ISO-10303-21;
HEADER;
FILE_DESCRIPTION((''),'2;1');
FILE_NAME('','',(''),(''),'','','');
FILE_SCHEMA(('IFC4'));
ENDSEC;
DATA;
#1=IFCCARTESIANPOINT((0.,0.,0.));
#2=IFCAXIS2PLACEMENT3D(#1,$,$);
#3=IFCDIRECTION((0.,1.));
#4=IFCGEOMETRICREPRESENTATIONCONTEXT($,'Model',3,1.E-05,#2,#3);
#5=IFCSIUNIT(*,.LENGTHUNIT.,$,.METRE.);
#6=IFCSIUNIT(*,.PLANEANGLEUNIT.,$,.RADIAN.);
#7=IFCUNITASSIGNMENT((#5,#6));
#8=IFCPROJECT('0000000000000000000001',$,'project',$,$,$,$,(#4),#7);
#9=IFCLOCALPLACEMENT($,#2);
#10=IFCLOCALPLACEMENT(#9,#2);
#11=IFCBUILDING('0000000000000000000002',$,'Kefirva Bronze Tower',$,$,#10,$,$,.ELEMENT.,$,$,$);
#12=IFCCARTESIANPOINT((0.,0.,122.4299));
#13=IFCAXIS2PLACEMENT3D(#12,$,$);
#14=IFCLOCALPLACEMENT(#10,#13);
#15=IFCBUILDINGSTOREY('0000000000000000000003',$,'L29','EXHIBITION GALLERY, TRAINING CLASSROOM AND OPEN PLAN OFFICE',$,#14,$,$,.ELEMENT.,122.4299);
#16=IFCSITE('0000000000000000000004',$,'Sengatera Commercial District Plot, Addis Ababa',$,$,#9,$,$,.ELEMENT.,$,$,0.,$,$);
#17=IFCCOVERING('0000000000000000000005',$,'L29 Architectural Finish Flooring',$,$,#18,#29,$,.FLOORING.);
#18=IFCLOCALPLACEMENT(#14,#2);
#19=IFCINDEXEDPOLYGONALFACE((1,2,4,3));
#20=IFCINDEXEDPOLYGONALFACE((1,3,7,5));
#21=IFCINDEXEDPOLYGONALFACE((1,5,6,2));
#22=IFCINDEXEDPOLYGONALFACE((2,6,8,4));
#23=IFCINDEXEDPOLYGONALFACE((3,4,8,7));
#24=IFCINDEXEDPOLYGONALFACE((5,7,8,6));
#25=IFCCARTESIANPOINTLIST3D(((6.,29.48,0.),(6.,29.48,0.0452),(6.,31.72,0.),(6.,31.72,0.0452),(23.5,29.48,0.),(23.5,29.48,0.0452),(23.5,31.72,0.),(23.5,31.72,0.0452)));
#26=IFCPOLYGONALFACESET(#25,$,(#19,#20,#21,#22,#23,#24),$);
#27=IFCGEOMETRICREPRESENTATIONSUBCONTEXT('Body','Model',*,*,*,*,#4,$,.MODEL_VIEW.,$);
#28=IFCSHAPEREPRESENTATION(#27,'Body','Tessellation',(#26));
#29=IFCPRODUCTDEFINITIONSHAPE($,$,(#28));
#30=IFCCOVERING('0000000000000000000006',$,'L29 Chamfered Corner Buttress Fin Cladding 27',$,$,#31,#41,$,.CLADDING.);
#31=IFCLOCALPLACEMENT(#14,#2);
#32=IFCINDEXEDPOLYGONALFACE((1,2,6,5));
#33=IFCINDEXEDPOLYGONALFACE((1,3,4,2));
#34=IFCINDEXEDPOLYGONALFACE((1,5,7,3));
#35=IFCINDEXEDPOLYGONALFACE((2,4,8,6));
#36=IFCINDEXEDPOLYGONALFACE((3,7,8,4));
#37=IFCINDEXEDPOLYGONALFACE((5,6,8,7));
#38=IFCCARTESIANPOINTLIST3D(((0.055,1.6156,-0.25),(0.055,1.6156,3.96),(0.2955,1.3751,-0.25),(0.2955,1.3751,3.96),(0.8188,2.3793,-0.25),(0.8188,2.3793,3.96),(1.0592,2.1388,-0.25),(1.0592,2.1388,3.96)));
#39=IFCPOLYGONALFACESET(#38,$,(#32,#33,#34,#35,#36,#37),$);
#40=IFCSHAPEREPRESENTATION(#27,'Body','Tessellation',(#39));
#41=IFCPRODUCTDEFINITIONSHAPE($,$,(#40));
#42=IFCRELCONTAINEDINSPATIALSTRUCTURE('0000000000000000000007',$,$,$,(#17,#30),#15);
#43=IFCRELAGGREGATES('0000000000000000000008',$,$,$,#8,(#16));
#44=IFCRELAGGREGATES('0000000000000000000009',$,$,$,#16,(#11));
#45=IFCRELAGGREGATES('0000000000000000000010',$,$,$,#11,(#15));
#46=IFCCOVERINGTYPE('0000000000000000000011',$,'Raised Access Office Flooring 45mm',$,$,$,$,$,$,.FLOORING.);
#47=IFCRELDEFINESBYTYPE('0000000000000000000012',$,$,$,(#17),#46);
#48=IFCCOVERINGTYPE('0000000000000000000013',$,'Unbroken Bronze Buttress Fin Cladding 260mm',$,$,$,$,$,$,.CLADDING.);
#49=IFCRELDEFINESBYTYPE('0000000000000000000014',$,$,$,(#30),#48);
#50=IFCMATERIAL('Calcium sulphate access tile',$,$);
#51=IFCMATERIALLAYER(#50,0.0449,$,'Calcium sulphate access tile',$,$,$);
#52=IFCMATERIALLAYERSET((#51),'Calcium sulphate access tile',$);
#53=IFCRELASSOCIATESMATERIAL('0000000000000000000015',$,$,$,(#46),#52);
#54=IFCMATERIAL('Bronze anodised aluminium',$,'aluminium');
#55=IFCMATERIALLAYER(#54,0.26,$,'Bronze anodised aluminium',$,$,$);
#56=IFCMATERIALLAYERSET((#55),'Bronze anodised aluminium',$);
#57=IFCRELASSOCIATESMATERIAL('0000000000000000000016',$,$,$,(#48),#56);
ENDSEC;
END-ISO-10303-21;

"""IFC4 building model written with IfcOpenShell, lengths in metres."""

from ifc_helpers import new_model, si_unit, direction, frame, origin, origin_2d, place, context, subcontext, project, spatial, polyline, rectangle, outline, extrude, material, layer, layer_set, type_object, element, save


model = new_model("IFC4")

# Units and contexts
model_context = context("Model", 3, precision=1e-05, world=origin(), true_north=direction((0.0, 1.0)))
body_context = subcontext(model_context, "Body", "Model", "MODEL_VIEW")
ifc_project = project(units=[si_unit("LENGTHUNIT", "METRE"), si_unit("PLANEANGLEUNIT", "RADIAN")], contexts=[model_context])

# Site, building, storey
site_placement = place(None, origin())
site = spatial("IfcSite", under=ifc_project, at=site_placement, Name="Sengatera Commercial District Plot, Addis Ababa", CompositionType="ELEMENT", RefElevation=0.0)
building_placement = place(site_placement, origin())
building = spatial("IfcBuilding", under=site, at=building_placement, Name="Kefirva Bronze Tower", CompositionType="ELEMENT")
storey_placement = place(building_placement, frame((0.0, 0.0, 122.4299)))
storey = spatial("IfcBuildingStorey", under=building, at=storey_placement, Name="L29", Description="EXHIBITION GALLERY, TRAINING CLASSROOM AND OPEN PLAN OFFICE", CompositionType="ELEMENT", Elevation=122.4299)

# Shared definitions
ifc_material_1 = material(Name="Bronze anodised aluminium", Category="aluminium")

# Coverings
ifc_material_2 = material(Name="Calcium sulphate access tile")
ifc_layer_1 = layer(ifc_material_2, 0.0449, Name="Calcium sulphate access tile")
ifc_layer_set_1 = layer_set([ifc_layer_1], Name="Calcium sulphate access tile")
covering_type_1 = type_object("IfcCoveringType", Name="Raised Access Office Flooring 45mm", PredefinedType="FLOORING", material=ifc_layer_set_1)
covering_1_placement = place(storey_placement, origin())
element("IfcCovering", 1, at=covering_1_placement, inside=storey, type_object=covering_type_1, Name="L29 Architectural Finish Flooring", PredefinedType="FLOORING", context=body_context, shape_type="SweptSolid", body=[
    extrude(outline(polyline([(6.0, 29.48), (23.5, 29.48), (23.5, 31.72), (6.0, 31.72), (6.0, 29.48)])), origin(), (0.0, 0.0, 1.0), 0.0452),
])
ifc_layer_2 = layer(ifc_material_1, 0.26, Name="Bronze anodised aluminium")
ifc_layer_set_2 = layer_set([ifc_layer_2], Name="Bronze anodised aluminium")
covering_type_2 = type_object("IfcCoveringType", Name="Unbroken Bronze Buttress Fin Cladding 260mm", PredefinedType="CLADDING", material=ifc_layer_set_2)
covering_2_placement = place(storey_placement, frame((0.5571, 1.8772, -0.25), z_axis=(0.0, 0.0, 1.0), x_axis=(0.707107, -0.707107, 0.0)))
element("IfcCovering", 2, at=covering_2_placement, inside=storey, type_object=covering_type_2, Name="L29 Chamfered Corner Buttress Fin Cladding 27", PredefinedType="CLADDING", context=body_context, shape_type="SweptSolid", body=[
    extrude(rectangle(XDim=0.3401, YDim=1.0801, at=origin_2d()), origin(), (0.0, 0.0, 1.0), 4.21),
])

save(model, "model.ifc")
